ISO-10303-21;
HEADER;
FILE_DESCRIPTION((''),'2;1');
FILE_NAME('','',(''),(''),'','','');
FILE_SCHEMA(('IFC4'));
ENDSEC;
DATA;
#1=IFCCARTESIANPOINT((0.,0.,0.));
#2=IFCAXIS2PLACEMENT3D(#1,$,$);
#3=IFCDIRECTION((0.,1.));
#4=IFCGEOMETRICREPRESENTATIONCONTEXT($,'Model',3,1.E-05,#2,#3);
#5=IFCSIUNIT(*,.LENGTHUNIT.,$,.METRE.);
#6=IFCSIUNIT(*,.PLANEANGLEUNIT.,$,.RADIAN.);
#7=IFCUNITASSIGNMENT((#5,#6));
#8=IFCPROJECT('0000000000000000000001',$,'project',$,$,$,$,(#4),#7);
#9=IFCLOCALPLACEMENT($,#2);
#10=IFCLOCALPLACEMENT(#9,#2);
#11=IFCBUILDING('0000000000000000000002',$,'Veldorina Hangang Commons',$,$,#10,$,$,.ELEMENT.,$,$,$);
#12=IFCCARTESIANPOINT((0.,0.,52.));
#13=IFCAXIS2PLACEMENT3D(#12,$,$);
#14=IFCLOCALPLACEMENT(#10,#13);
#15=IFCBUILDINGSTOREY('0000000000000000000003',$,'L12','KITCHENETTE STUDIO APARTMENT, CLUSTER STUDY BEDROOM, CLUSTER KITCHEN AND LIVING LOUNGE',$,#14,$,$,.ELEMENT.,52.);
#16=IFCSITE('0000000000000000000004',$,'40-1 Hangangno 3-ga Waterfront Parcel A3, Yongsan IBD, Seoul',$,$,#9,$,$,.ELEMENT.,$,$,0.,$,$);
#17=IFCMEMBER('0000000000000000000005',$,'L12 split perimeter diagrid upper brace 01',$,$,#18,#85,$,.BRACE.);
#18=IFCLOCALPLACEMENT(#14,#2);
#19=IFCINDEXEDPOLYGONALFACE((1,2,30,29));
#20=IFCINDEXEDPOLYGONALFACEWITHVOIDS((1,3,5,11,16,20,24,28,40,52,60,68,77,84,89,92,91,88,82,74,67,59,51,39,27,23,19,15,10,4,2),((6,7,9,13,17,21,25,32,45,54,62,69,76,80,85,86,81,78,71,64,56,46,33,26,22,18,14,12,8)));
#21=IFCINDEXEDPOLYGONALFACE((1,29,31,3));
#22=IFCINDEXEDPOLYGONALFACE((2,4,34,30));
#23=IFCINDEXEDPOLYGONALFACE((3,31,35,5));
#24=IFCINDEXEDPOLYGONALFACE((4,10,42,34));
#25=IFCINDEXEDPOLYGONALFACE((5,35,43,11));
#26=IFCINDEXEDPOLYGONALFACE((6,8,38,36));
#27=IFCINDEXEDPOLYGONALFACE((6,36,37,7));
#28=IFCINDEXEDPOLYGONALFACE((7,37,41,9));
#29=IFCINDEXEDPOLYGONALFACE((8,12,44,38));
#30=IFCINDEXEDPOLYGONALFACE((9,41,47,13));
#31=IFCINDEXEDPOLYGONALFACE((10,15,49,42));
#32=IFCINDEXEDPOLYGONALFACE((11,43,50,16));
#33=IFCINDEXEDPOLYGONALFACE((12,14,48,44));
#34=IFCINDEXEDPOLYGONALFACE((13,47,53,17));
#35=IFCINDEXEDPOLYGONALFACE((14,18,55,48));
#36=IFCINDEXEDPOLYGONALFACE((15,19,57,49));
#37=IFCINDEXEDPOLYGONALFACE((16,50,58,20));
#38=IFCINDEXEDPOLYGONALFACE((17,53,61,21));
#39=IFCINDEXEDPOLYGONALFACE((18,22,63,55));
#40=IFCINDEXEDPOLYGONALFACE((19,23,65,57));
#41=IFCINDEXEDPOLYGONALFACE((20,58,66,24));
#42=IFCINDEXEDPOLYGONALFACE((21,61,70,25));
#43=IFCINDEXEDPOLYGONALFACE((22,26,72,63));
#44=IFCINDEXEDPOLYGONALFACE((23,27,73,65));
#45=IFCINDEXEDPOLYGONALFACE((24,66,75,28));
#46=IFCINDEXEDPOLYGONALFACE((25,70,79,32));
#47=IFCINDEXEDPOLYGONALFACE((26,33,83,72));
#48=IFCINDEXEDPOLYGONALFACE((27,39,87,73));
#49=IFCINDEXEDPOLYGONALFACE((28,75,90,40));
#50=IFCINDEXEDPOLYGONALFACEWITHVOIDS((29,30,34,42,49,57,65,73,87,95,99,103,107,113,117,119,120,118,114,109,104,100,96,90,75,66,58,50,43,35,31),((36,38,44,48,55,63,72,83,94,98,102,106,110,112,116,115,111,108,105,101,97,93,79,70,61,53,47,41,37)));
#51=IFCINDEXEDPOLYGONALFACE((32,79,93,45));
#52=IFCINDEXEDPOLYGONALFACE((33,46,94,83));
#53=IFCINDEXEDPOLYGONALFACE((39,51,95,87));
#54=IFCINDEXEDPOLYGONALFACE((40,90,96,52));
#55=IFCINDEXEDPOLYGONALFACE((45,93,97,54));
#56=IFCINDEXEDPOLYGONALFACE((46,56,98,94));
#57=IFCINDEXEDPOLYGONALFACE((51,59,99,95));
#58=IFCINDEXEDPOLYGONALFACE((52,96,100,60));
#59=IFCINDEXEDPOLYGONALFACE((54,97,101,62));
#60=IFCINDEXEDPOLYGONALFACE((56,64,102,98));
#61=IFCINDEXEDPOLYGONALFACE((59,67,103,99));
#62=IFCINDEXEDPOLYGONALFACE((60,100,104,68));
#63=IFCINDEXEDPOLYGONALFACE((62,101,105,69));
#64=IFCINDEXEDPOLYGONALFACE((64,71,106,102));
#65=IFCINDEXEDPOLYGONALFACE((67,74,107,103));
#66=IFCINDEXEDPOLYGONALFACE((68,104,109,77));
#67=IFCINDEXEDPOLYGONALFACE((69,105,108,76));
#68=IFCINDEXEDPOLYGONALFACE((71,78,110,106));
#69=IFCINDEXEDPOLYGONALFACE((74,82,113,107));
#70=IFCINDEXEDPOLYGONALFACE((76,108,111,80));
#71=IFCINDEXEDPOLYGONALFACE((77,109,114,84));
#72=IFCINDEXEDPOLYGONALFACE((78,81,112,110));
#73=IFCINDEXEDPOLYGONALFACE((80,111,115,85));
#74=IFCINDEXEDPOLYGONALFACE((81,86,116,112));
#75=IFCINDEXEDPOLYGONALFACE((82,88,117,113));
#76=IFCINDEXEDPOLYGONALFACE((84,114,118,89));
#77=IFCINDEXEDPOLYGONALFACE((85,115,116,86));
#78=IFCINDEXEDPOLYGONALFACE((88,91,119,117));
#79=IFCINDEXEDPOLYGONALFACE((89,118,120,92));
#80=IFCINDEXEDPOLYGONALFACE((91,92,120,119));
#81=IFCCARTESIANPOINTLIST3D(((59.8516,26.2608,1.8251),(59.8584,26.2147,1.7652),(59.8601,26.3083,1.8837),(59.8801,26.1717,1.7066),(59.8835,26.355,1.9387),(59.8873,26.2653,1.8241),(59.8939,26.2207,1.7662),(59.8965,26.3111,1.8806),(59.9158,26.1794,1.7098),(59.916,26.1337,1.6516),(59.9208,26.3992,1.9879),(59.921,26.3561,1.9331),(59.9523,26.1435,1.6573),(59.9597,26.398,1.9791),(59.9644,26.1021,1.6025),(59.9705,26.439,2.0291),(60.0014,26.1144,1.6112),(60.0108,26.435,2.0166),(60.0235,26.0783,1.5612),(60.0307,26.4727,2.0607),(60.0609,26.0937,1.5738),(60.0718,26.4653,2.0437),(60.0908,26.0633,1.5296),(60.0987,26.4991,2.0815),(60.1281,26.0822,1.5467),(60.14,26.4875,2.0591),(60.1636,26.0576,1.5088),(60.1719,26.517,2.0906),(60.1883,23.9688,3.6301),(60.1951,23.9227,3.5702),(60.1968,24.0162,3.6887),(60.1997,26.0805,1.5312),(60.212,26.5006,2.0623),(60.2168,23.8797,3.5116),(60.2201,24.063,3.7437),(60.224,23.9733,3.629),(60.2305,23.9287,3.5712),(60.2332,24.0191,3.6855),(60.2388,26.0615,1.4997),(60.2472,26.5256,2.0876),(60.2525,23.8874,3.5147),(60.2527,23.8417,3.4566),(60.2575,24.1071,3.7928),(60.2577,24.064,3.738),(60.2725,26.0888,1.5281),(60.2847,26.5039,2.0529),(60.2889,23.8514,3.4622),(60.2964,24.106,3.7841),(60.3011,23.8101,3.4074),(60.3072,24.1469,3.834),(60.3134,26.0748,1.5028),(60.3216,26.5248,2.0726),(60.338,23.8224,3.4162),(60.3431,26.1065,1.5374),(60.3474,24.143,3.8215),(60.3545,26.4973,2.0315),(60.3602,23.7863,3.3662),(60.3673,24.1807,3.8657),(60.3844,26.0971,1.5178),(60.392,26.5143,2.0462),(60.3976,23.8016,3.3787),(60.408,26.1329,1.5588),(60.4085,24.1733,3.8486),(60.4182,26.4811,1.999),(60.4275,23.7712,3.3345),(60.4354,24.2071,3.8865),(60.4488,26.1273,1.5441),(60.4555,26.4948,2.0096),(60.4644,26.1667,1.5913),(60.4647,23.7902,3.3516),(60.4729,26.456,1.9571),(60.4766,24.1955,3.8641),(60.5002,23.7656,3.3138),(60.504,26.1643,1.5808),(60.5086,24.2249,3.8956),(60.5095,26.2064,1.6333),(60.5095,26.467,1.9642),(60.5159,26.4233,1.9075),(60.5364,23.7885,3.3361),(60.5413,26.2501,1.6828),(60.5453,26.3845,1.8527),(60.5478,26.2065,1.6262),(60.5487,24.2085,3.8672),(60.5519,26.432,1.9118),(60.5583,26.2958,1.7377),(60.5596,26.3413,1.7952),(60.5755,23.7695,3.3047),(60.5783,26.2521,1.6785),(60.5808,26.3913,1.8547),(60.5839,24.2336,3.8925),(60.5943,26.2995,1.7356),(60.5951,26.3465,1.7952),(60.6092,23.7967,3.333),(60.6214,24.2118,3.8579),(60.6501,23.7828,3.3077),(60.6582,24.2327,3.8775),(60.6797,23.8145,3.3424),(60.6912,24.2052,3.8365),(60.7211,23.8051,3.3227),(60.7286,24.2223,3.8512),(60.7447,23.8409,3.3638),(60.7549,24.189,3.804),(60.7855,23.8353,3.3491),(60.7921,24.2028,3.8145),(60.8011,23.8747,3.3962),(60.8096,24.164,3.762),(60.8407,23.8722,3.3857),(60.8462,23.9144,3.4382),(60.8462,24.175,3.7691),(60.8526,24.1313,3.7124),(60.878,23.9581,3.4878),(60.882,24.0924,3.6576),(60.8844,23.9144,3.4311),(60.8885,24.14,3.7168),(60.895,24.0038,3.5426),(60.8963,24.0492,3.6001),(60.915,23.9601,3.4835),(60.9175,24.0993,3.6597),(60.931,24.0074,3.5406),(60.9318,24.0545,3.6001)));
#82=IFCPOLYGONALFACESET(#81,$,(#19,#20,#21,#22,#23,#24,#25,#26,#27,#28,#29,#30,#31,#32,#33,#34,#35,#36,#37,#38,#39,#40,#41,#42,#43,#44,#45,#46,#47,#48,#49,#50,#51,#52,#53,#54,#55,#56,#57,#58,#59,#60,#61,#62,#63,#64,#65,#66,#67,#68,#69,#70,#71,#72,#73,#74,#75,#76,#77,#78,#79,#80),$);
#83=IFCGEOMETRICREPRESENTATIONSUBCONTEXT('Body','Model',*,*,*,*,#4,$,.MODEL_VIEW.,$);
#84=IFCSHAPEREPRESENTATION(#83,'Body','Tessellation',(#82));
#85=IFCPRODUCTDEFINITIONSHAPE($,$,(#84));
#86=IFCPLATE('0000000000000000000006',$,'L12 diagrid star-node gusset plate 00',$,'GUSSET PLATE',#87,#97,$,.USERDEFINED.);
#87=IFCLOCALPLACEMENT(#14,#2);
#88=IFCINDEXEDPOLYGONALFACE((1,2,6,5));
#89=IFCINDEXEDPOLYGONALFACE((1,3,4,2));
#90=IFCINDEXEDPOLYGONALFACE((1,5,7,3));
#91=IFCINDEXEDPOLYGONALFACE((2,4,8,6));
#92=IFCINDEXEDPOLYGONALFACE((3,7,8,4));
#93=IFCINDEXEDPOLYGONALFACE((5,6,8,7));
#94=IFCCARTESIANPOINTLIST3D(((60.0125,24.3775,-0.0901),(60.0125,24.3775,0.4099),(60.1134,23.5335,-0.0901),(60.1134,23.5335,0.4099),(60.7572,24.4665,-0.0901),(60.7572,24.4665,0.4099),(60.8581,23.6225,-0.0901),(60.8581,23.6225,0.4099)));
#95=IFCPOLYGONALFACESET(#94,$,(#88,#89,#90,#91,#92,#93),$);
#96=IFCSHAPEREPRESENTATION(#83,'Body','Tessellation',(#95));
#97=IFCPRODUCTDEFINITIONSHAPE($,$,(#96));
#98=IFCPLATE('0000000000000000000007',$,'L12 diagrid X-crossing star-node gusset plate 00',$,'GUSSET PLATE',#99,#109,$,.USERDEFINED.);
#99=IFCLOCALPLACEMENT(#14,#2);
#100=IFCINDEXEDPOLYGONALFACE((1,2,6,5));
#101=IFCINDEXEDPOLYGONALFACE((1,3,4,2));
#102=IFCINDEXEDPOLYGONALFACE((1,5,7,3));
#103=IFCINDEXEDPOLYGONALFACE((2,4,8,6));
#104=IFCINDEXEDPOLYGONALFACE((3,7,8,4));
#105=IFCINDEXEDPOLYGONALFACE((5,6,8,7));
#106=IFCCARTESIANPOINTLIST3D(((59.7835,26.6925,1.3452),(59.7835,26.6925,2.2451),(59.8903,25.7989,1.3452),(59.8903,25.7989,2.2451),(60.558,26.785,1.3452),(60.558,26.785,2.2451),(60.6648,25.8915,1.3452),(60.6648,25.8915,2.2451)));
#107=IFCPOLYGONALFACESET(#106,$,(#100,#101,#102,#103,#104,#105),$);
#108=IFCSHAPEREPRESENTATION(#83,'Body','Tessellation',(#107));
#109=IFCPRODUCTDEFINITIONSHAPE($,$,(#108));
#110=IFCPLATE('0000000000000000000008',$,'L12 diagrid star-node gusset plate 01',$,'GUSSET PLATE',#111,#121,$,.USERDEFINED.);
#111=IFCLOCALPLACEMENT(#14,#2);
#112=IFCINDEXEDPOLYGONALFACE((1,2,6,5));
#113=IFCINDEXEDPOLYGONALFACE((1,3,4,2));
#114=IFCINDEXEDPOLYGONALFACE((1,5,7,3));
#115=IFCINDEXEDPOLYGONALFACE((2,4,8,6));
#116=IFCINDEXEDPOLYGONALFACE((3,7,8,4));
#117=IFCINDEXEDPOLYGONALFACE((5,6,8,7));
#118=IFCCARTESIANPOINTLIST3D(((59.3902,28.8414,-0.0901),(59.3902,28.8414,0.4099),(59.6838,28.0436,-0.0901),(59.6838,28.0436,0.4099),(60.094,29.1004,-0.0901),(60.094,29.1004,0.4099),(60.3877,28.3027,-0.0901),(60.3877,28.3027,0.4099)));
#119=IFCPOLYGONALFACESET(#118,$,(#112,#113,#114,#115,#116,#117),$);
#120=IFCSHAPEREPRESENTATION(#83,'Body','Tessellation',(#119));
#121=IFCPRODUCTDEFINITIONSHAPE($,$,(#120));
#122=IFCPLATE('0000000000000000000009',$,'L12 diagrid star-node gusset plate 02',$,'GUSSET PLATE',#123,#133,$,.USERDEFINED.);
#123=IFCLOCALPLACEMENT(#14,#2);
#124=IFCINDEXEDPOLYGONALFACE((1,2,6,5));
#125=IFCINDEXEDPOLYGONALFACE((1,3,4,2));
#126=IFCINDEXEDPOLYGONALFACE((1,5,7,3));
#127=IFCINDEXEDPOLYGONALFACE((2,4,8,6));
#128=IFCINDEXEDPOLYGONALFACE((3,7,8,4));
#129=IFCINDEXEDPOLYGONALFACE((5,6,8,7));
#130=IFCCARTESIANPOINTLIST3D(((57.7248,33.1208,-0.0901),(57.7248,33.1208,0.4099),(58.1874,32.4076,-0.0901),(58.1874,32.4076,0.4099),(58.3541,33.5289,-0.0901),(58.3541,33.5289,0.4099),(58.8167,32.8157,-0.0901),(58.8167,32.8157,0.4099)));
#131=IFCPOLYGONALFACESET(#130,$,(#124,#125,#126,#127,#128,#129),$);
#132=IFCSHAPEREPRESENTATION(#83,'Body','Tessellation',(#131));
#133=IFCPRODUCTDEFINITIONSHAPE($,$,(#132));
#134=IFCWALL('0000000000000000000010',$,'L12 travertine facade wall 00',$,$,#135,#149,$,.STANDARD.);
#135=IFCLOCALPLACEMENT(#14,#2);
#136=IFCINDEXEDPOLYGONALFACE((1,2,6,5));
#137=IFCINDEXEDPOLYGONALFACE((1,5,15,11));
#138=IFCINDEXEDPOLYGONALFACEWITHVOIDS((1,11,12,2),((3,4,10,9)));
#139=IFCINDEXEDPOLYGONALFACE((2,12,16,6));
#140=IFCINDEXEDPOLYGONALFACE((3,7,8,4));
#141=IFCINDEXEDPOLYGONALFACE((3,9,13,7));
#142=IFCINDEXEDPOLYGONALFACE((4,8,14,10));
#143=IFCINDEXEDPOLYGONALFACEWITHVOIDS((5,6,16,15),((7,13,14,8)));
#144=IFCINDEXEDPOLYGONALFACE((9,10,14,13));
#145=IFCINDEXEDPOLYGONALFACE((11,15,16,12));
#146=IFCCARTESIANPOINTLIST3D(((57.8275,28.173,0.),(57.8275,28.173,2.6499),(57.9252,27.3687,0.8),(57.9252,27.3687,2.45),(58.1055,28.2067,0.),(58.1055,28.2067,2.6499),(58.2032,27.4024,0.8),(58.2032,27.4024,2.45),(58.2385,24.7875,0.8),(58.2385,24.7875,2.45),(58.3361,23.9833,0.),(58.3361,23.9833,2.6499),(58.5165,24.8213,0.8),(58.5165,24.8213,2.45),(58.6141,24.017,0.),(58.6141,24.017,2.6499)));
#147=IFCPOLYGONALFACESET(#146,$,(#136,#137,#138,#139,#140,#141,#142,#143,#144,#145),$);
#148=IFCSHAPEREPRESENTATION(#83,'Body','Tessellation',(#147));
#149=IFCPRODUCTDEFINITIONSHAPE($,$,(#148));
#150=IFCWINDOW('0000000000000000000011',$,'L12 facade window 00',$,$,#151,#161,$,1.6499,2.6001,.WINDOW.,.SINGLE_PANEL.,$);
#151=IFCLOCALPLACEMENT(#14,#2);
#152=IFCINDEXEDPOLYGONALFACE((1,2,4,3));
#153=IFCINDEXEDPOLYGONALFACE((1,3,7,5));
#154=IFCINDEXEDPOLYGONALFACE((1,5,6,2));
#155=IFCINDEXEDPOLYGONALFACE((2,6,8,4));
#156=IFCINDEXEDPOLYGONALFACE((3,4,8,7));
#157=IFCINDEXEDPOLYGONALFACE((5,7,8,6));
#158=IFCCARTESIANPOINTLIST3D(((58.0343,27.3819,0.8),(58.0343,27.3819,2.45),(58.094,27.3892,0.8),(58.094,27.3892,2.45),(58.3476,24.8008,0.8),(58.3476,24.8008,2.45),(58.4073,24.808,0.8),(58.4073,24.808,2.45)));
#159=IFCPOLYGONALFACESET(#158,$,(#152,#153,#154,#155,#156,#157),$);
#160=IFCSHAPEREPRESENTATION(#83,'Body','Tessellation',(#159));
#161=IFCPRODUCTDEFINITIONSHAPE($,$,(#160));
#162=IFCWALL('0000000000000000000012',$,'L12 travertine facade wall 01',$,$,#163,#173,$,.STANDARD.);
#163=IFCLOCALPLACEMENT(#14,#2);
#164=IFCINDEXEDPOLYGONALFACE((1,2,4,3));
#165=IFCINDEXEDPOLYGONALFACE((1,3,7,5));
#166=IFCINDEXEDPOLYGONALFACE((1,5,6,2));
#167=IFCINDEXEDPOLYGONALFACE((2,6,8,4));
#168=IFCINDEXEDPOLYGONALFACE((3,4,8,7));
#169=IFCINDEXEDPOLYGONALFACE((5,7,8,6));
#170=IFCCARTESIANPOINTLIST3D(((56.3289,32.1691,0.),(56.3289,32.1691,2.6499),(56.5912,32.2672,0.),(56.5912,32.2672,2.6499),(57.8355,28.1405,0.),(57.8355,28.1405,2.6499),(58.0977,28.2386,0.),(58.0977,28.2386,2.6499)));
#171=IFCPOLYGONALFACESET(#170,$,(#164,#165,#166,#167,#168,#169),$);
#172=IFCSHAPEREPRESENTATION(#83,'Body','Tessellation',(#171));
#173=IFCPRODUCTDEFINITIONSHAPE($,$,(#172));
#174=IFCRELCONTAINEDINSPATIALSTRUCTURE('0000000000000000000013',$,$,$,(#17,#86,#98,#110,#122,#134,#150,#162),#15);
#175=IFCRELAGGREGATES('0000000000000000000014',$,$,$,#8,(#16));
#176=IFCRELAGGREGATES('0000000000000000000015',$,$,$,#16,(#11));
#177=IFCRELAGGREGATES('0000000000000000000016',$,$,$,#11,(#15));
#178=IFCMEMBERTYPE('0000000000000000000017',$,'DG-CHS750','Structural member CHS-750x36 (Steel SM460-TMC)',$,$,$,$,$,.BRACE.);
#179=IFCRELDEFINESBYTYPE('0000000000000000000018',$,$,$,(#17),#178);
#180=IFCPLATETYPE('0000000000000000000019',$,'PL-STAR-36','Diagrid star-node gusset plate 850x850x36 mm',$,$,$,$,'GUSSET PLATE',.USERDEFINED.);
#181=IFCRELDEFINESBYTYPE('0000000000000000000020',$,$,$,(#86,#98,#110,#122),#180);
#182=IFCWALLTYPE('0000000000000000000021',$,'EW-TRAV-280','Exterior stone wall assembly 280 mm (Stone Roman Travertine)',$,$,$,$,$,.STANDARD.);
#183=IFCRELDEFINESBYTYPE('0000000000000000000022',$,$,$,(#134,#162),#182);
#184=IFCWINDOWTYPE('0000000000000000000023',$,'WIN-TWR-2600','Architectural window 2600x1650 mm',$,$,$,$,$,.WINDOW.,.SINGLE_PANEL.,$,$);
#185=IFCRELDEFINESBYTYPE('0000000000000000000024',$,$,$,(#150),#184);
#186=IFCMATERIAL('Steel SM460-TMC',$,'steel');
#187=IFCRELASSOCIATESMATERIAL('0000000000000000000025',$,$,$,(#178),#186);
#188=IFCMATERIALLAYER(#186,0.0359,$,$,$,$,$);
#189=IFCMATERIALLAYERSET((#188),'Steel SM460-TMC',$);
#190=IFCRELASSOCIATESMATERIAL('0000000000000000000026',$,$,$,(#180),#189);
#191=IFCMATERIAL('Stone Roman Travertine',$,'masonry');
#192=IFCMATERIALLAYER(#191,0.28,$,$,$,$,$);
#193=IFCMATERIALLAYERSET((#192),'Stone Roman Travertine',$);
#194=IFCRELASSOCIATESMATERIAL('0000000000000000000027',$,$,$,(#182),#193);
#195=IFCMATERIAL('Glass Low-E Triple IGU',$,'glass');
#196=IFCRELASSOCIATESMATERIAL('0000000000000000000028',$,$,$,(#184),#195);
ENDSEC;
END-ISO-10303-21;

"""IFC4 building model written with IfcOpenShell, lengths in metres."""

from ifc_helpers import new_model, si_unit, direction, frame, frame_2d, origin, origin_2d, place, context, subcontext, project, spatial, rectangle, hollow_circle, extrude, material, layer, layer_set, material_profile, profile_set, type_object, element, fill, save


model = new_model("IFC4")

# Units and contexts
model_context = context("Model", 3, precision=1e-05, world=origin(), true_north=direction((0.0, 1.0)))
body_context = subcontext(model_context, "Body", "Model", "MODEL_VIEW")
ifc_project = project(units=[si_unit("LENGTHUNIT", "METRE"), si_unit("PLANEANGLEUNIT", "RADIAN")], contexts=[model_context])

# Site, building, storey
site_placement = place(None, origin())
site = spatial("IfcSite", under=ifc_project, at=site_placement, Name="40-1 Hangangno 3-ga Waterfront Parcel A3, Yongsan IBD, Seoul", CompositionType="ELEMENT", RefElevation=0.0)
building_placement = place(site_placement, origin())
building = spatial("IfcBuilding", under=site, at=building_placement, Name="Veldorina Hangang Commons", CompositionType="ELEMENT")
storey_placement = place(building_placement, frame((0.0, 0.0, 52.0)))
storey = spatial("IfcBuildingStorey", under=building, at=storey_placement, Name="L12", Description="KITCHENETTE STUDIO APARTMENT, CLUSTER STUDY BEDROOM, CLUSTER KITCHEN AND LIVING LOUNGE", CompositionType="ELEMENT", Elevation=52.0)

# Shared definitions
ifc_material_1 = material(Name="Steel SM460-TMC", Category="steel")

# Member
ifc_material_profile_1 = material_profile(ifc_material_1, hollow_circle(Radius=0.375, WallThickness=0.0359, at=origin_2d()), Name="CHS-750x36")
ifc_profile_set_1 = profile_set([ifc_material_profile_1], Name="Steel SM460-TMC")
member_type = type_object("IfcMemberType", Name="DG-CHS750", Description="Structural member CHS-750x36 (Steel SM460-TMC)", PredefinedType="BRACE", material=ifc_profile_set_1)
member_1_placement = place(storey_placement, frame((60.2241, 26.292, 1.7952), z_axis=(0.114641, -0.780459, 0.614607), x_axis=(0.989383, 0.14533, 0.0)))
element("IfcMember", 1, at=member_1_placement, inside=storey, type_object=member_type, Name="L12 split perimeter diagrid upper brace 01", PredefinedType="BRACE", context=body_context, shape_type="SweptSolid", body=[
    extrude(hollow_circle(Radius=0.375, WallThickness=0.0359, at=origin_2d()), origin(), (0.0, 0.0, 1.0), 2.9368),
])

# Plates
ifc_layer_1 = layer(ifc_material_1, 0.0359)
ifc_layer_set_1 = layer_set([ifc_layer_1], Name="Steel SM460-TMC")
plate_type = type_object("IfcPlateType", Name="PL-STAR-36", Description="Diagrid star-node gusset plate 850x850x36 mm", ElementType="GUSSET PLATE", PredefinedType="USERDEFINED", material=ifc_layer_set_1)
plate_1_placement = place(storey_placement, frame((60.4353, 24.0, -0.0901), z_axis=(0.0, 0.0, 1.0), x_axis=(-0.118664, 0.992934, 0.0)))
element("IfcPlate", 2, at=plate_1_placement, inside=storey, type_object=plate_type, Name="L12 diagrid star-node gusset plate 00", ObjectType="GUSSET PLATE", PredefinedType="USERDEFINED", context=body_context, shape_type="SweptSolid", body=[
    extrude(rectangle(XDim=0.8501, YDim=0.75, at=origin_2d()), origin(), (0.0, 0.0, 1.0), 0.5),
])
plate_2_placement = place(storey_placement, frame((60.2241, 26.292, 1.3452), z_axis=(0.0, 0.0, 1.0), x_axis=(-0.118664, 0.992934, 0.0)))
element("IfcPlate", 3, at=plate_2_placement, inside=storey, type_object=plate_type, Name="L12 diagrid X-crossing star-node gusset plate 00", ObjectType="GUSSET PLATE", PredefinedType="USERDEFINED", context=body_context, shape_type="SweptSolid", body=[
    extrude(rectangle(XDim=0.8999, YDim=0.78, at=origin_2d()), origin(), (0.0, 0.0, 1.0), 0.8999),
])
for number, where, z_axis, x_axis, name in (
    (4, (59.8889, 28.572, -0.0901), (0.0, 0.0, 1.0), (-0.345413, 0.938451, 0.0), "L12 diagrid star-node gusset plate 01"),
    (5, (58.2708, 32.9683, -0.0901), (0.0, 0.0, 1.0), (-0.544141, 0.838994, 0.0), "L12 diagrid star-node gusset plate 02"),
):
    element("IfcPlate", number, at=place(storey_placement, frame(where, z_axis=z_axis, x_axis=x_axis)), inside=storey, type_object=plate_type, Name=name, ObjectType="GUSSET PLATE", PredefinedType="USERDEFINED", context=body_context, shape_type="SweptSolid", body=[
        extrude(rectangle(XDim=0.8501, YDim=0.75, at=origin_2d()), origin(), (0.0, 0.0, 1.0), 0.5),
    ])

# Wall, opening, window
ifc_material_2 = material(Name="Stone Roman Travertine", Category="masonry")
ifc_layer_2 = layer(ifc_material_2, 0.28)
ifc_layer_set_2 = layer_set([ifc_layer_2], Name="Stone Roman Travertine")
wall_type_1 = type_object("IfcWallType", Name="EW-TRAV-280", Description="Exterior stone wall assembly 280 mm (Stone Roman Travertine)", PredefinedType="STANDARD", material=ifc_layer_set_2)
wall_1_placement = place(storey_placement, frame((58.4751, 24.0, 0.0), z_axis=(0.0, 0.0, 1.0), x_axis=(-0.120495, 0.992714, 0.0)))
wall_1 = element("IfcWall", 6, at=wall_1_placement, inside=storey, type_object=wall_type_1, Name="L12 travertine facade wall 00", PredefinedType="STANDARD", context=body_context, shape_type="SweptSolid", body=[
    extrude(rectangle(XDim=4.2205, YDim=0.28, at=frame_2d((2.1104, 0.0))), origin(), (0.0, 0.0, 1.0), 2.6499),
])
opening_1_placement = place(wall_1_placement, frame((0.8103, 0.0, 0.8)))
opening_1 = element("IfcOpeningElement", 7, at=opening_1_placement, cuts=wall_1, PredefinedType="OPENING", context=body_context, shape_type="SweptSolid", body=[
    extrude(rectangle(XDim=2.6001, YDim=1.6499, at=frame_2d((1.3, 0.825))), frame((0.0, 0.1499, 0.0), z_axis=(0.0, -1.0, 0.0), x_axis=(1.0, 0.0, 0.0)), (0.0, 0.0, 1.0), 0.3),
])
ifc_material_3 = material(Name="Glass Low-E Triple IGU", Category="glass")
window_type_1 = type_object("IfcWindowType", Name="WIN-TWR-2600", Description="Architectural window 2600x1650 mm", PartitioningType="SINGLE_PANEL", PredefinedType="WINDOW", material=ifc_material_3)
window_1_placement = place(opening_1_placement, origin())
window_1 = element("IfcWindow", 8, at=window_1_placement, inside=storey, type_object=window_type_1, Name="L12 facade window 00", OverallHeight=1.6499, OverallWidth=2.6001, PartitioningType="SINGLE_PANEL", PredefinedType="WINDOW", context=body_context, shape_type="SweptSolid", body=[
    extrude(rectangle(XDim=2.6001, YDim=1.6499, at=frame_2d((1.3, 0.825))), frame((0.0, 0.03, 0.0), z_axis=(0.0, -1.0, 0.0), x_axis=(1.0, 0.0, 0.0)), (0.0, 0.0, 1.0), 0.0601),
])
fill(opening_1, window_1)

# Wall
wall_2_placement = place(storey_placement, frame((57.9666, 28.1897, 0.0), z_axis=(0.0, 0.0, 1.0), x_axis=(-0.350284, 0.936644, 0.0)))
element("IfcWall", 9, at=wall_2_placement, inside=storey, type_object=wall_type_1, Name="L12 travertine facade wall 01", PredefinedType="STANDARD", context=body_context, shape_type="SweptSolid", body=[
    extrude(rectangle(XDim=4.301, YDim=0.28, at=frame_2d((2.1504, 0.0))), origin(), (0.0, 0.0, 1.0), 2.6499),
])

save(model, "model.ifc")
